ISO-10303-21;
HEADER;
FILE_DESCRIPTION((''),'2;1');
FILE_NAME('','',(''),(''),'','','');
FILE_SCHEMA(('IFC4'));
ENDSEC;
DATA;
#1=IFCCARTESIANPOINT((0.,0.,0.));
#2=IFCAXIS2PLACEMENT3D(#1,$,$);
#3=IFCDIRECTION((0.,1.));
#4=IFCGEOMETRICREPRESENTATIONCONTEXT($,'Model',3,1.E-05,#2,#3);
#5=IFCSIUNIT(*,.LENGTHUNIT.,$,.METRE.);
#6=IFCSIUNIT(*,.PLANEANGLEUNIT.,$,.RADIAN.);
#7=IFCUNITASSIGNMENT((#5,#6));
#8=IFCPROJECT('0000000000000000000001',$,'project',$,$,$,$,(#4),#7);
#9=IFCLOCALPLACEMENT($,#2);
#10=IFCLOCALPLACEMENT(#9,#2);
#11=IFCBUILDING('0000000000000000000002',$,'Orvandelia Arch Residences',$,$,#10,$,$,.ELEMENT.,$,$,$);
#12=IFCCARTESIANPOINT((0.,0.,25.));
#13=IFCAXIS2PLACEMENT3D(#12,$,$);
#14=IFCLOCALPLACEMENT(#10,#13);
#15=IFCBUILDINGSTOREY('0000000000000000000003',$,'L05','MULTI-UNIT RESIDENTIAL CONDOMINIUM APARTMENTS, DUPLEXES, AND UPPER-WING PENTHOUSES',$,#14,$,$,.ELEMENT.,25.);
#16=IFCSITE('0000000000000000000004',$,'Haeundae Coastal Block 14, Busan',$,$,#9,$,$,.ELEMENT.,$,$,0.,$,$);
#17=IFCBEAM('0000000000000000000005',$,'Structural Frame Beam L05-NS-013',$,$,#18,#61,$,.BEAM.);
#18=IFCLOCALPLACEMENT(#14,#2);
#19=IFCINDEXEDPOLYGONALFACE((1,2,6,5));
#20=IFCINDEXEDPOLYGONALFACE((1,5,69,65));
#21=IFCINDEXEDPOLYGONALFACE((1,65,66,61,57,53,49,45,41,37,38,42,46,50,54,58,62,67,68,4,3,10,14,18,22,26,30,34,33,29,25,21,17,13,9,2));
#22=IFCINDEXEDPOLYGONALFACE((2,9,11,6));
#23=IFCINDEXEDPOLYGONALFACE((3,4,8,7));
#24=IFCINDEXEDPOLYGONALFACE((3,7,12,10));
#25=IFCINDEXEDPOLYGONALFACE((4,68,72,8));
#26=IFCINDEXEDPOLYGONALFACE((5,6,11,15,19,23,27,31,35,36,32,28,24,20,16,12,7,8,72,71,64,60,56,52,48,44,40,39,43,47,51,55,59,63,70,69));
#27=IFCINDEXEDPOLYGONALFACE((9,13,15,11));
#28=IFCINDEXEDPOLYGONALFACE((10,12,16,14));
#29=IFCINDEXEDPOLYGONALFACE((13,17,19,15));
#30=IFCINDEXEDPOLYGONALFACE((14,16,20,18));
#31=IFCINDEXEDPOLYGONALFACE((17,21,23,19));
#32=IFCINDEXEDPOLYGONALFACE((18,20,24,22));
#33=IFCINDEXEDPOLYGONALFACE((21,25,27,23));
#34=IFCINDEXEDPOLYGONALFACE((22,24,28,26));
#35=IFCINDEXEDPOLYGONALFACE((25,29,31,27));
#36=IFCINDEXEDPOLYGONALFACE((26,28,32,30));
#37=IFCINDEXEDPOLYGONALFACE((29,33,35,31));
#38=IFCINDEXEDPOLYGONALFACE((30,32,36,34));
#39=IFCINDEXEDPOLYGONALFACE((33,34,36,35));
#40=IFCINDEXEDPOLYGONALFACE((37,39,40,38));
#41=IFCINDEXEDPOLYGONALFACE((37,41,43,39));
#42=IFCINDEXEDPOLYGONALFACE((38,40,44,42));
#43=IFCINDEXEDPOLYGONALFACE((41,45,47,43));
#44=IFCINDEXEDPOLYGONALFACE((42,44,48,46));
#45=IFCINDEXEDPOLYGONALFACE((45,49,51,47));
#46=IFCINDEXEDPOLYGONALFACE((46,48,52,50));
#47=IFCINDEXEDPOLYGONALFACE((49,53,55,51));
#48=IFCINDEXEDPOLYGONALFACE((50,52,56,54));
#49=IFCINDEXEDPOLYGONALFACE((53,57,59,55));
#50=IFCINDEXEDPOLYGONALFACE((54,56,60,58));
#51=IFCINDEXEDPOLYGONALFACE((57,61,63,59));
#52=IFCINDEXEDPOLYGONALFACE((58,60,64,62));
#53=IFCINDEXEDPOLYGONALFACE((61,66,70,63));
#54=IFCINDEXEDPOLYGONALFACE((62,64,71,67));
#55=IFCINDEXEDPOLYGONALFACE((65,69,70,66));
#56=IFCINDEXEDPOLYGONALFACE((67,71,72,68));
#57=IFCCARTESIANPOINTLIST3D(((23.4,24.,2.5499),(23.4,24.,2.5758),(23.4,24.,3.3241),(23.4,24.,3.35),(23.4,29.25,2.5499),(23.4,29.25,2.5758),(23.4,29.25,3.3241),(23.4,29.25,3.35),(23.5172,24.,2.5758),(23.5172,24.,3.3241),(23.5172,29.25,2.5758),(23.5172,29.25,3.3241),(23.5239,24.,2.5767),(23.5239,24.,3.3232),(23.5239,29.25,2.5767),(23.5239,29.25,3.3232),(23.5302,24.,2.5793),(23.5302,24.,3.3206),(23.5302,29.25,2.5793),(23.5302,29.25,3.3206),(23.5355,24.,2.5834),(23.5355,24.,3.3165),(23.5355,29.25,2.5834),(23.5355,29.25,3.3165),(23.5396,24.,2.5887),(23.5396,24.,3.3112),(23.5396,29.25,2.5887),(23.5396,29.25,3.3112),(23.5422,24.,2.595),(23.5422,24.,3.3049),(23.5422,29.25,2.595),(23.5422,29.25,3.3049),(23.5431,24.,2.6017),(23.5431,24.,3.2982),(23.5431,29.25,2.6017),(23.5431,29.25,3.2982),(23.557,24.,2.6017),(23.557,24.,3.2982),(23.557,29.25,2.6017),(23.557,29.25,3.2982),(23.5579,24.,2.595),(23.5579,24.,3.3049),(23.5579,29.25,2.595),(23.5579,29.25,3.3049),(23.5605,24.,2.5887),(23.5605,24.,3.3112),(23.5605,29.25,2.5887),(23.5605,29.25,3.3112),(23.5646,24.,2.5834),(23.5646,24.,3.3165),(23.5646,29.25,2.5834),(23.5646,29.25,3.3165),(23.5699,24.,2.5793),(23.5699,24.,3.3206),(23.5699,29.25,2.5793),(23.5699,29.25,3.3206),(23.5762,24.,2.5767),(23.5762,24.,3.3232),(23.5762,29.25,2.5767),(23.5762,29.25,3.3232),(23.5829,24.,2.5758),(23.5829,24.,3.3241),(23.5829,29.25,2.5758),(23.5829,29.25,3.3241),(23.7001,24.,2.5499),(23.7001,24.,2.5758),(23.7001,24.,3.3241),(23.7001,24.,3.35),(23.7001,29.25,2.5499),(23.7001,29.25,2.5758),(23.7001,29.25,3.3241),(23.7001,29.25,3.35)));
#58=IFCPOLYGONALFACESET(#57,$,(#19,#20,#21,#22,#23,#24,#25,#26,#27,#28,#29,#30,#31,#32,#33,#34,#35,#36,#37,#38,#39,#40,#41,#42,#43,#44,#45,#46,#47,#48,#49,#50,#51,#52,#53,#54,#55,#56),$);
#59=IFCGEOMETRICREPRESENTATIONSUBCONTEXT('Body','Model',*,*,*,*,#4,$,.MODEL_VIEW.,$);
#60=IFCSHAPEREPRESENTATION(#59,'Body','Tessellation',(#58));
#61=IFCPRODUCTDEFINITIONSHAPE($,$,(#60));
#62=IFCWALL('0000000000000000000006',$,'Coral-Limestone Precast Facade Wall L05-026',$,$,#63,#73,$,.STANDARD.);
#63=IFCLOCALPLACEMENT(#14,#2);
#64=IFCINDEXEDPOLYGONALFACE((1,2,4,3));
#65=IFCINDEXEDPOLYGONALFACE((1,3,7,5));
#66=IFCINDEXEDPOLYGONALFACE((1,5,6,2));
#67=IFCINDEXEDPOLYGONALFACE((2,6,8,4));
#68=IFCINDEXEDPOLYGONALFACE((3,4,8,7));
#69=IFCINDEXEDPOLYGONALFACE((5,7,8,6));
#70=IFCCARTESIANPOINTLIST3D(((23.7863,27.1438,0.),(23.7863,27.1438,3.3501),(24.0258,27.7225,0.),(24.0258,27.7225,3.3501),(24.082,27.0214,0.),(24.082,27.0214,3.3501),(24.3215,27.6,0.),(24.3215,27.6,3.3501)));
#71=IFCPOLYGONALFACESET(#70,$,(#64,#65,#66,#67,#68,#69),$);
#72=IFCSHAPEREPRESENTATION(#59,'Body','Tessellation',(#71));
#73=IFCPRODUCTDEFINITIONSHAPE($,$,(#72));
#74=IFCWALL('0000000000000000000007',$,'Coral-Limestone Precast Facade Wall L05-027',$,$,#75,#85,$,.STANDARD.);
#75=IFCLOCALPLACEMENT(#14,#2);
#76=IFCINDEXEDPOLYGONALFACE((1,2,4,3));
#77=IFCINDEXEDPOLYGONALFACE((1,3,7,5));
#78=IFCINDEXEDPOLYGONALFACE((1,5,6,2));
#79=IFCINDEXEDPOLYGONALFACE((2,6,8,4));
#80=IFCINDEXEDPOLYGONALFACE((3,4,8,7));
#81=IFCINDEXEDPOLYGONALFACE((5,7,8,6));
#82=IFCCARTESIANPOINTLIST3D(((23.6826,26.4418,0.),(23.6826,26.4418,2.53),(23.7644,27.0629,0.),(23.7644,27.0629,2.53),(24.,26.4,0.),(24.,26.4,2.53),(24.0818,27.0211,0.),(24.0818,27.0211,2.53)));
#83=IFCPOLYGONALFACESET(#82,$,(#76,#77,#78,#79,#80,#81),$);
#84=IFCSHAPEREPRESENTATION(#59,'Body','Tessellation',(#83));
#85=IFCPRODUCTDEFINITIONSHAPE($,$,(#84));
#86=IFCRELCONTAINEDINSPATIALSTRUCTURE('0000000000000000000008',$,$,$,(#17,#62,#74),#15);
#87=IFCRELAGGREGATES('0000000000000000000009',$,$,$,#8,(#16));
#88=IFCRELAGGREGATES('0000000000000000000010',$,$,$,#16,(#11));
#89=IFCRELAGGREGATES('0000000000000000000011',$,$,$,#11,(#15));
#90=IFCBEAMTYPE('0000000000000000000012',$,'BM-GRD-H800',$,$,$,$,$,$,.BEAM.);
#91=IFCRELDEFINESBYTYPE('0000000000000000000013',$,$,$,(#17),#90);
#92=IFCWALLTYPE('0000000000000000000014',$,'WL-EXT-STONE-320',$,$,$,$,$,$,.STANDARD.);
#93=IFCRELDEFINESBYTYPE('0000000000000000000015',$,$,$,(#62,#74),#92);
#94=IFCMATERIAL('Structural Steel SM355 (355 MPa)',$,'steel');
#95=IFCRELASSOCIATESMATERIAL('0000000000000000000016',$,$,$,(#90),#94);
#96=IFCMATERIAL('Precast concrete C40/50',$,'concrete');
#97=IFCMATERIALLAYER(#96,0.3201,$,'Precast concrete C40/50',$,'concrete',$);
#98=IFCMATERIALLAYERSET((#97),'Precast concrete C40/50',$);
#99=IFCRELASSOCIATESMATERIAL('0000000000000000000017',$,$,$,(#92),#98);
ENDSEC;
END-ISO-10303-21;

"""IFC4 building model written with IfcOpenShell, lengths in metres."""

from ifc_helpers import new_model, si_unit, direction, frame, frame_2d, origin, origin_2d, place, context, subcontext, project, spatial, rectangle, i_section, extrude, material, layer, layer_set, material_profile, profile_set, type_object, element, save


model = new_model("IFC4")

# Units and contexts
model_context = context("Model", 3, precision=1e-05, world=origin(), true_north=direction((0.0, 1.0)))
body_context = subcontext(model_context, "Body", "Model", "MODEL_VIEW")
ifc_project = project(units=[si_unit("LENGTHUNIT", "METRE"), si_unit("PLANEANGLEUNIT", "RADIAN")], contexts=[model_context])

# Site, building, storey
site_placement = place(None, origin())
site = spatial("IfcSite", under=ifc_project, at=site_placement, Name="Haeundae Coastal Block 14, Busan", CompositionType="ELEMENT", RefElevation=0.0)
building_placement = place(site_placement, origin())
building = spatial("IfcBuilding", under=site, at=building_placement, Name="Orvandelia Arch Residences", CompositionType="ELEMENT")
storey_placement = place(building_placement, frame((0.0, 0.0, 25.0)))
storey = spatial("IfcBuildingStorey", under=building, at=storey_placement, Name="L05", Description="MULTI-UNIT RESIDENTIAL CONDOMINIUM APARTMENTS, DUPLEXES, AND UPPER-WING PENTHOUSES", CompositionType="ELEMENT", Elevation=25.0)

# Beam
ifc_material_1 = material(Name="Structural Steel SM355 (355 MPa)", Category="steel")
ifc_material_profile_1 = material_profile(ifc_material_1, i_section(OverallWidth=0.3, OverallDepth=0.8, WebThickness=0.0139, FlangeThickness=0.0259, FilletRadius=0.0259, at=origin_2d()), Name="Structural Steel SM355 (355 MPa)", Category="steel")
ifc_profile_set_1 = profile_set([ifc_material_profile_1], Name="Structural Steel SM355 (355 MPa)")
beam_type = type_object("IfcBeamType", Name="BM-GRD-H800", PredefinedType="BEAM", material=ifc_profile_set_1)
beam_1_placement = place(storey_placement, frame((23.55, 24.0, 2.95), z_axis=(0.0, 1.0, 0.0), x_axis=(-1.0, 0.0, 0.0)))
element("IfcBeam", 1, at=beam_1_placement, inside=storey, type_object=beam_type, Name="Structural Frame Beam L05-NS-013", PredefinedType="BEAM", context=body_context, shape_type="SweptSolid", body=[
    extrude(i_section(OverallWidth=0.3, OverallDepth=0.8, WebThickness=0.0139, FlangeThickness=0.0259, FilletRadius=0.0259, at=origin_2d()), origin(), (0.0, 0.0, 1.0), 5.25),
])

# Walls
ifc_material_2 = material(Name="Precast concrete C40/50", Category="concrete")
ifc_layer_1 = layer(ifc_material_2, 0.3201, Name="Precast concrete C40/50", Category="concrete")
ifc_layer_set_1 = layer_set([ifc_layer_1], Name="Precast concrete C40/50")
wall_type_1 = type_object("IfcWallType", Name="WL-EXT-STONE-320", PredefinedType="STANDARD", material=ifc_layer_set_1)
wall_1_placement = place(storey_placement, frame((24.1736, 27.6611, 0.0), z_axis=(0.0, 0.0, 1.0), x_axis=(-0.382455, -0.923974, 0.0)))
element("IfcWall", 2, at=wall_1_placement, inside=storey, type_object=wall_type_1, Name="Coral-Limestone Precast Facade Wall L05-026", PredefinedType="STANDARD", context=body_context, shape_type="SweptSolid", body=[
    extrude(rectangle(XDim=0.6262, YDim=0.3201, at=frame_2d((0.313, 0.0))), origin(), (0.0, 0.0, 1.0), 3.3501),
])
wall_2_placement = place(storey_placement, frame((23.9231, 27.042, 0.0), z_axis=(0.0, 0.0, 1.0), x_axis=(-0.130555, -0.991441, 0.0)))
element("IfcWall", 3, at=wall_2_placement, inside=storey, type_object=wall_type_1, Name="Coral-Limestone Precast Facade Wall L05-027", PredefinedType="STANDARD", context=body_context, shape_type="SweptSolid", body=[
    extrude(rectangle(XDim=0.6265, YDim=0.3201, at=frame_2d((0.3132, 0.0))), origin(), (0.0, 0.0, 1.0), 2.53),
])

save(model, "model.ifc")
